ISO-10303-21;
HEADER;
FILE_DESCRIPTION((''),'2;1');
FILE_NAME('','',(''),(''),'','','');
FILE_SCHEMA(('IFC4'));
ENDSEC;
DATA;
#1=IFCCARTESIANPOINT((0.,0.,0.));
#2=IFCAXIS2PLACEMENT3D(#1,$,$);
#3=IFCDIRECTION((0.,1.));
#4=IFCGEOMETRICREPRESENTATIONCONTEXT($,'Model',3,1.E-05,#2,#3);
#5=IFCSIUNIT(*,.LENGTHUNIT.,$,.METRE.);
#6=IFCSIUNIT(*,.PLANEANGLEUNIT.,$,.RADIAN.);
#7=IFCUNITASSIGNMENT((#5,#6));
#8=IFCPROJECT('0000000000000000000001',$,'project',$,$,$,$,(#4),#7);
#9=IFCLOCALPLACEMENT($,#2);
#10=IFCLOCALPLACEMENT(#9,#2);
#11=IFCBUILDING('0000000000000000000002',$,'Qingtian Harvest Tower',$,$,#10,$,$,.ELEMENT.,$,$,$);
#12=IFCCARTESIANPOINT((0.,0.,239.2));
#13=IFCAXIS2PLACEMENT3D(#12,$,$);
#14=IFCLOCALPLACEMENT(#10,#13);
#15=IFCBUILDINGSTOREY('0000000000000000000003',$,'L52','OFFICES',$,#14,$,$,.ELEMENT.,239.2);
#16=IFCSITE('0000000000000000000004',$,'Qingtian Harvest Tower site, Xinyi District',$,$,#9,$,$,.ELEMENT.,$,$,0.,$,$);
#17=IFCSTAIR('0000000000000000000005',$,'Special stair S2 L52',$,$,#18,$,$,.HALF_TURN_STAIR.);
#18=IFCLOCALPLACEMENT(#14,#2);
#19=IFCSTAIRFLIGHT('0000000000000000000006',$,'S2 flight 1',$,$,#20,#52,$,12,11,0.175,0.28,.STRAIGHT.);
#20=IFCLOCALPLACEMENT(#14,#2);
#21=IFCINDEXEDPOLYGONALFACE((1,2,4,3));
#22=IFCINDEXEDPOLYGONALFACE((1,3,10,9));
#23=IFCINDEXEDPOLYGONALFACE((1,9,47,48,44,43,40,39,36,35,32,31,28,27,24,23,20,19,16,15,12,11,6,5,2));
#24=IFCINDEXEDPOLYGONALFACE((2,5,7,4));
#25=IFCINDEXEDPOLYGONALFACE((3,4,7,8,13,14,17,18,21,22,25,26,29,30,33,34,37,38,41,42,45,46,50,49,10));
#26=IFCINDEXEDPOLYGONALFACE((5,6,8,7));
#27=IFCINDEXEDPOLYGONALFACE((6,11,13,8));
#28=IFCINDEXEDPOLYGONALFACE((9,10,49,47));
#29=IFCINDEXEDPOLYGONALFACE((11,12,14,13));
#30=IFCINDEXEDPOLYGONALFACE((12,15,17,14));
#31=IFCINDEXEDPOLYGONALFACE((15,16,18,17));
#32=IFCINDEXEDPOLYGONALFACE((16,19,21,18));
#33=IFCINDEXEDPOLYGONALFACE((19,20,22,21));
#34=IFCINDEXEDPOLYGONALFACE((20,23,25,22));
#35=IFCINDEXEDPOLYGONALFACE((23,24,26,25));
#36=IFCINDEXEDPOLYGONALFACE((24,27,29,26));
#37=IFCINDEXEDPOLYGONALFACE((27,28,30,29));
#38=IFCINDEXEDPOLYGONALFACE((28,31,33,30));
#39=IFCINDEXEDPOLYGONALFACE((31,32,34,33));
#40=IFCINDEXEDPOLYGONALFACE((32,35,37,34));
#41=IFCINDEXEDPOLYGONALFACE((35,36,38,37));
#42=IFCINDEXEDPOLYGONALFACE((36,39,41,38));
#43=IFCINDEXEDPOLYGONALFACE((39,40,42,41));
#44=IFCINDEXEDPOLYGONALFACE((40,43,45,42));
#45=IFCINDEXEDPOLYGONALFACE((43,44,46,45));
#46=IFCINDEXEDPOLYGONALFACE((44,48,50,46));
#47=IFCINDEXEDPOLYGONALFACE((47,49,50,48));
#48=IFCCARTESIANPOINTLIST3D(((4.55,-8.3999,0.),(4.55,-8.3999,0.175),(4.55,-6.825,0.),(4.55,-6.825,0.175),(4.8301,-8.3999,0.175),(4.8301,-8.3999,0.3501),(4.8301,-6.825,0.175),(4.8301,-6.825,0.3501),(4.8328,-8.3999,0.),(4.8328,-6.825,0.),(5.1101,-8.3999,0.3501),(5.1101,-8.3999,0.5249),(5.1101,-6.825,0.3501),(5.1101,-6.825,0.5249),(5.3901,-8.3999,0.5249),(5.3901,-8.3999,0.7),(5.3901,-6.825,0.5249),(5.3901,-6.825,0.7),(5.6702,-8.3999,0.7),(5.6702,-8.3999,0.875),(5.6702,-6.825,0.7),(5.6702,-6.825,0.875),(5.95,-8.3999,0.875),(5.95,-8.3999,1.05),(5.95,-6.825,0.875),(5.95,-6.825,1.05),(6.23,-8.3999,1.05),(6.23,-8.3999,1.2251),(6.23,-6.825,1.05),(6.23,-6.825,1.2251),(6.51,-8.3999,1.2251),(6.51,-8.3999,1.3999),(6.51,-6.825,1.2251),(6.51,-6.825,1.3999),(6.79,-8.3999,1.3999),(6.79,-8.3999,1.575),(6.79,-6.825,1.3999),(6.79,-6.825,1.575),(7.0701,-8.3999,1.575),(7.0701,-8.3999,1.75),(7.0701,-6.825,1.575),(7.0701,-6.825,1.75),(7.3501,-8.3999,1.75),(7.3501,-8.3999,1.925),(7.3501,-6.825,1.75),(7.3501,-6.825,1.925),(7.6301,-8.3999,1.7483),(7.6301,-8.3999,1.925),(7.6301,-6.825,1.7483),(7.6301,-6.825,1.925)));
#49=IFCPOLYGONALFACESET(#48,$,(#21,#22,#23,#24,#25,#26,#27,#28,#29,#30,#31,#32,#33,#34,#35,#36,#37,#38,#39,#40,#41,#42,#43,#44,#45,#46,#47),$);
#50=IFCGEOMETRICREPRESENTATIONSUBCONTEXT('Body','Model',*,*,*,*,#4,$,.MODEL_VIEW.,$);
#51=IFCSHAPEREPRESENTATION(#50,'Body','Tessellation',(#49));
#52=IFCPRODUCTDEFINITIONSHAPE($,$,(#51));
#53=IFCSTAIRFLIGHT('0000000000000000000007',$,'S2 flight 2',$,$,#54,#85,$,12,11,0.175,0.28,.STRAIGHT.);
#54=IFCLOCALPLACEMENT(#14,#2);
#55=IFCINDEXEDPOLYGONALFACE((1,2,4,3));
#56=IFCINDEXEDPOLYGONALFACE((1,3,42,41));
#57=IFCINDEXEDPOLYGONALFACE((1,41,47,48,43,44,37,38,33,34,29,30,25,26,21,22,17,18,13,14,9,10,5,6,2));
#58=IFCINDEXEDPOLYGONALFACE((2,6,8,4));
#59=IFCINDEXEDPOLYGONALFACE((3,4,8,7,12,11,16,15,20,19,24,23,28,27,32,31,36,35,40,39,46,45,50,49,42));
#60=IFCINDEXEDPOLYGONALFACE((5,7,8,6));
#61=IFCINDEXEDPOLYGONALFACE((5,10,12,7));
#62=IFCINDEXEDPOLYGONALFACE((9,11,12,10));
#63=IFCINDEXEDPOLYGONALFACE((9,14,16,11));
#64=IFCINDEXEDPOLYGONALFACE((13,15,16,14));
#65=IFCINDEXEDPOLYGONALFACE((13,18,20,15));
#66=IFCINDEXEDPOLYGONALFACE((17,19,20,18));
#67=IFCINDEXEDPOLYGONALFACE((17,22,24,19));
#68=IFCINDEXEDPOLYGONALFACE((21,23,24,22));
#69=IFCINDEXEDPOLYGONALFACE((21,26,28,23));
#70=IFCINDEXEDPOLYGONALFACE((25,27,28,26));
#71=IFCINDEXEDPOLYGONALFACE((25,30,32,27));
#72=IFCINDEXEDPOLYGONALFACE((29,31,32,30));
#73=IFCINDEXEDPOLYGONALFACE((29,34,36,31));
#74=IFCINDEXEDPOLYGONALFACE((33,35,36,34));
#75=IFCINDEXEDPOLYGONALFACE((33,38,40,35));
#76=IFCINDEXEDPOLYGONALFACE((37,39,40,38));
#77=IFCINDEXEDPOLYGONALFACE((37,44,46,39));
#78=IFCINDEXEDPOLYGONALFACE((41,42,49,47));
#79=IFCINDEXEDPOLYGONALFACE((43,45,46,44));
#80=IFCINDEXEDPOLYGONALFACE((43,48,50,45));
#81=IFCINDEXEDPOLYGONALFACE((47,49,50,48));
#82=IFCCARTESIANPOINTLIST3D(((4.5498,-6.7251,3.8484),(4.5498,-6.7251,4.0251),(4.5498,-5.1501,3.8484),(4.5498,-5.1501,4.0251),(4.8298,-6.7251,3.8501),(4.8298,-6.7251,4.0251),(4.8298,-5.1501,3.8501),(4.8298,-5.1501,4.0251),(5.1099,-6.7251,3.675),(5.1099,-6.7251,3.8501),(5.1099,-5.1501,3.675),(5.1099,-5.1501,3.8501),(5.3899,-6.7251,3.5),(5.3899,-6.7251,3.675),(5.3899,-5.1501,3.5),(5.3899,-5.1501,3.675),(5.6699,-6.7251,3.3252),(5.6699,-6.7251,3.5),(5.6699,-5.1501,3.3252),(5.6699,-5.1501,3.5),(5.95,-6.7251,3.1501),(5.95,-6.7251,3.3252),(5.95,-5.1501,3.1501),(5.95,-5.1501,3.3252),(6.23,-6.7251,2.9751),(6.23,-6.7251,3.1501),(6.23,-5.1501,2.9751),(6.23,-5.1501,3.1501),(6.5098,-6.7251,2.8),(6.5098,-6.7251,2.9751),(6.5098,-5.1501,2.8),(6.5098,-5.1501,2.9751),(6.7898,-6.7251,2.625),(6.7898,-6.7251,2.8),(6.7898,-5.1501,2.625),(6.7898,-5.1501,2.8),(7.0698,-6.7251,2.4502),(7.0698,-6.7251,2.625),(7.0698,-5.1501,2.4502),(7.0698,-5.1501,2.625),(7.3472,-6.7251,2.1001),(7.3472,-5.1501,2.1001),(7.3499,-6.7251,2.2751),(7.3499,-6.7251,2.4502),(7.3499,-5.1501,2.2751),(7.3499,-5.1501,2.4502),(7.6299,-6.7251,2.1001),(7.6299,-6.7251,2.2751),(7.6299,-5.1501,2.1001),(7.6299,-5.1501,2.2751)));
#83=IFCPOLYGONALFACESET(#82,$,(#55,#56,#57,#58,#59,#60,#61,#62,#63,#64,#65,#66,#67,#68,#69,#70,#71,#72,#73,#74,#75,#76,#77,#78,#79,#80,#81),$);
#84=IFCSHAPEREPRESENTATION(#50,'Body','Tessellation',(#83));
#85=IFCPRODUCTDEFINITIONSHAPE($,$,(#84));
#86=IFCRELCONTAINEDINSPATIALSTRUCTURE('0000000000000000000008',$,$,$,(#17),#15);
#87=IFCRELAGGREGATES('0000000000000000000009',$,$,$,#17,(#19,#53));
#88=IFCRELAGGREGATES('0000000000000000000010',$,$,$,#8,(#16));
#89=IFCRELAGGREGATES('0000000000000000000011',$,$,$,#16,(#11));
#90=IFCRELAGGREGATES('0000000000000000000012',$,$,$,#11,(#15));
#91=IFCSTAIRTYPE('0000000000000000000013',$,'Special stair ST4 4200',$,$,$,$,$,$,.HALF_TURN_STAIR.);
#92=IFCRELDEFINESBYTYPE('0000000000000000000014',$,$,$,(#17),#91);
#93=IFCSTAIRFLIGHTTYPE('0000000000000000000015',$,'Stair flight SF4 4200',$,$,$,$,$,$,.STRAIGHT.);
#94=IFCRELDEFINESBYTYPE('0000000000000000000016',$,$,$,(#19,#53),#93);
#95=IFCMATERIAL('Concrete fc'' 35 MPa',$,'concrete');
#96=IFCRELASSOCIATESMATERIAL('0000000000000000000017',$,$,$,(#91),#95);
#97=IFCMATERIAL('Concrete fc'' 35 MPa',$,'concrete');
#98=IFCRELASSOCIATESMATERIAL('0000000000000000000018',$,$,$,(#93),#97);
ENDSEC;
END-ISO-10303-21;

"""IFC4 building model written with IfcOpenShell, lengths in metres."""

from ifc_helpers import new_model, si_unit, direction, frame, origin, place, context, subcontext, project, spatial, polyline, outline, extrude, material, type_object, element, aggregate, save


model = new_model("IFC4")

# Units and contexts
model_context = context("Model", 3, precision=1e-05, world=origin(), true_north=direction((0.0, 1.0)))
body_context = subcontext(model_context, "Body", "Model", "MODEL_VIEW")
ifc_project = project(units=[si_unit("LENGTHUNIT", "METRE"), si_unit("PLANEANGLEUNIT", "RADIAN")], contexts=[model_context])

# Site, building, storey
site_placement = place(None, origin())
site = spatial("IfcSite", under=ifc_project, at=site_placement, Name="Qingtian Harvest Tower site, Xinyi District", CompositionType="ELEMENT", RefElevation=0.0)
building_placement = place(site_placement, origin())
building = spatial("IfcBuilding", under=site, at=building_placement, Name="Qingtian Harvest Tower", CompositionType="ELEMENT")
storey_placement = place(building_placement, frame((0.0, 0.0, 239.2)))
storey = spatial("IfcBuildingStorey", under=building, at=storey_placement, Name="L52", Description="OFFICES", CompositionType="ELEMENT", Elevation=239.2)

# Stair, stair flights
ifc_material_1 = material(Name="Concrete fc' 35 MPa", Category="concrete")
stair_type = type_object("IfcStairType", Name="Special stair ST4 4200", PredefinedType="HALF_TURN_STAIR", material=ifc_material_1)
stair_placement = place(storey_placement, origin())
stair = element("IfcStair", 1, at=stair_placement, inside=storey, type_object=stair_type, Name="Special stair S2 L52", PredefinedType="HALF_TURN_STAIR")
ifc_material_2 = material(Name="Concrete fc' 35 MPa", Category="concrete")
stair_flight_type = type_object("IfcStairFlightType", Name="Stair flight SF4 4200", PredefinedType="STRAIGHT", material=ifc_material_2)
stair_flight_1_placement = place(storey_placement, frame((4.55, -7.6125, 0.0), z_axis=(0.0, 0.0, 1.0), x_axis=(1.0, 0.0, 0.0)))
stair_flight_1 = element("IfcStairFlight", 2, at=stair_flight_1_placement, type_object=stair_flight_type, Name="S2 flight 1", NumberOfRisers=12, NumberOfTreads=11, PredefinedType="STRAIGHT", RiserHeight=0.175, TreadLength=0.28, context=body_context, shape_type="SweptSolid", body=[
    extrude(outline(polyline([(0.0, 0.0), (0.0, 0.175), (0.28, 0.175), (0.28, 0.3501), (0.5601, 0.3501), (0.5601, 0.5249), (0.8401, 0.5249), (0.8401, 0.7), (1.1201, 0.7), (1.1201, 0.875), (1.3999, 0.875), (1.3999, 1.05), (1.6799, 1.05), (1.6799, 1.2251), (1.96, 1.2251), (1.96, 1.3999), (2.24, 1.3999), (2.24, 1.575), (2.52, 1.575), (2.52, 1.75), (2.8, 1.75), (2.8, 1.925), (3.0801, 1.925), (3.0801, 2.1001), (3.0801, 1.7483), (0.2827, 0.0), (0.0, 0.0)])), frame((0.0, 0.7876, 0.0), z_axis=(0.0, -1.0, 0.0), x_axis=(1.0, 0.0, 0.0)), (0.0, 0.0, 1.0), 1.575),
])
stair_flight_2_placement = place(storey_placement, frame((7.6299, -5.9375, 2.1001), z_axis=(0.0, 0.0, 1.0), x_axis=(-1.0, 0.0, 0.0)))
stair_flight_2 = element("IfcStairFlight", 3, at=stair_flight_2_placement, type_object=stair_flight_type, Name="S2 flight 2", NumberOfRisers=12, NumberOfTreads=11, PredefinedType="STRAIGHT", RiserHeight=0.175, TreadLength=0.28, context=body_context, shape_type="SweptSolid", body=[
    extrude(outline(polyline([(0.0, 0.0), (0.0, 0.175), (0.28, 0.175), (0.28, 0.3501), (0.5601, 0.3501), (0.5601, 0.5249), (0.8401, 0.5249), (0.8401, 0.7), (1.1201, 0.7), (1.1201, 0.875), (1.3999, 0.875), (1.3999, 1.05), (1.6799, 1.05), (1.6799, 1.2251), (1.96, 1.2251), (1.96, 1.3999), (2.24, 1.3999), (2.24, 1.575), (2.52, 1.575), (2.52, 1.75), (2.8, 1.75), (2.8, 1.925), (3.0801, 1.925), (3.0801, 2.1001), (3.0801, 1.7483), (0.2827, 0.0), (0.0, 0.0)])), frame((0.0, 0.7876, 0.0), z_axis=(0.0, -1.0, 0.0), x_axis=(1.0, 0.0, 0.0)), (0.0, 0.0, 1.0), 1.575),
])
aggregate(stair, [stair_flight_1, stair_flight_2])

save(model, "model.ifc")
